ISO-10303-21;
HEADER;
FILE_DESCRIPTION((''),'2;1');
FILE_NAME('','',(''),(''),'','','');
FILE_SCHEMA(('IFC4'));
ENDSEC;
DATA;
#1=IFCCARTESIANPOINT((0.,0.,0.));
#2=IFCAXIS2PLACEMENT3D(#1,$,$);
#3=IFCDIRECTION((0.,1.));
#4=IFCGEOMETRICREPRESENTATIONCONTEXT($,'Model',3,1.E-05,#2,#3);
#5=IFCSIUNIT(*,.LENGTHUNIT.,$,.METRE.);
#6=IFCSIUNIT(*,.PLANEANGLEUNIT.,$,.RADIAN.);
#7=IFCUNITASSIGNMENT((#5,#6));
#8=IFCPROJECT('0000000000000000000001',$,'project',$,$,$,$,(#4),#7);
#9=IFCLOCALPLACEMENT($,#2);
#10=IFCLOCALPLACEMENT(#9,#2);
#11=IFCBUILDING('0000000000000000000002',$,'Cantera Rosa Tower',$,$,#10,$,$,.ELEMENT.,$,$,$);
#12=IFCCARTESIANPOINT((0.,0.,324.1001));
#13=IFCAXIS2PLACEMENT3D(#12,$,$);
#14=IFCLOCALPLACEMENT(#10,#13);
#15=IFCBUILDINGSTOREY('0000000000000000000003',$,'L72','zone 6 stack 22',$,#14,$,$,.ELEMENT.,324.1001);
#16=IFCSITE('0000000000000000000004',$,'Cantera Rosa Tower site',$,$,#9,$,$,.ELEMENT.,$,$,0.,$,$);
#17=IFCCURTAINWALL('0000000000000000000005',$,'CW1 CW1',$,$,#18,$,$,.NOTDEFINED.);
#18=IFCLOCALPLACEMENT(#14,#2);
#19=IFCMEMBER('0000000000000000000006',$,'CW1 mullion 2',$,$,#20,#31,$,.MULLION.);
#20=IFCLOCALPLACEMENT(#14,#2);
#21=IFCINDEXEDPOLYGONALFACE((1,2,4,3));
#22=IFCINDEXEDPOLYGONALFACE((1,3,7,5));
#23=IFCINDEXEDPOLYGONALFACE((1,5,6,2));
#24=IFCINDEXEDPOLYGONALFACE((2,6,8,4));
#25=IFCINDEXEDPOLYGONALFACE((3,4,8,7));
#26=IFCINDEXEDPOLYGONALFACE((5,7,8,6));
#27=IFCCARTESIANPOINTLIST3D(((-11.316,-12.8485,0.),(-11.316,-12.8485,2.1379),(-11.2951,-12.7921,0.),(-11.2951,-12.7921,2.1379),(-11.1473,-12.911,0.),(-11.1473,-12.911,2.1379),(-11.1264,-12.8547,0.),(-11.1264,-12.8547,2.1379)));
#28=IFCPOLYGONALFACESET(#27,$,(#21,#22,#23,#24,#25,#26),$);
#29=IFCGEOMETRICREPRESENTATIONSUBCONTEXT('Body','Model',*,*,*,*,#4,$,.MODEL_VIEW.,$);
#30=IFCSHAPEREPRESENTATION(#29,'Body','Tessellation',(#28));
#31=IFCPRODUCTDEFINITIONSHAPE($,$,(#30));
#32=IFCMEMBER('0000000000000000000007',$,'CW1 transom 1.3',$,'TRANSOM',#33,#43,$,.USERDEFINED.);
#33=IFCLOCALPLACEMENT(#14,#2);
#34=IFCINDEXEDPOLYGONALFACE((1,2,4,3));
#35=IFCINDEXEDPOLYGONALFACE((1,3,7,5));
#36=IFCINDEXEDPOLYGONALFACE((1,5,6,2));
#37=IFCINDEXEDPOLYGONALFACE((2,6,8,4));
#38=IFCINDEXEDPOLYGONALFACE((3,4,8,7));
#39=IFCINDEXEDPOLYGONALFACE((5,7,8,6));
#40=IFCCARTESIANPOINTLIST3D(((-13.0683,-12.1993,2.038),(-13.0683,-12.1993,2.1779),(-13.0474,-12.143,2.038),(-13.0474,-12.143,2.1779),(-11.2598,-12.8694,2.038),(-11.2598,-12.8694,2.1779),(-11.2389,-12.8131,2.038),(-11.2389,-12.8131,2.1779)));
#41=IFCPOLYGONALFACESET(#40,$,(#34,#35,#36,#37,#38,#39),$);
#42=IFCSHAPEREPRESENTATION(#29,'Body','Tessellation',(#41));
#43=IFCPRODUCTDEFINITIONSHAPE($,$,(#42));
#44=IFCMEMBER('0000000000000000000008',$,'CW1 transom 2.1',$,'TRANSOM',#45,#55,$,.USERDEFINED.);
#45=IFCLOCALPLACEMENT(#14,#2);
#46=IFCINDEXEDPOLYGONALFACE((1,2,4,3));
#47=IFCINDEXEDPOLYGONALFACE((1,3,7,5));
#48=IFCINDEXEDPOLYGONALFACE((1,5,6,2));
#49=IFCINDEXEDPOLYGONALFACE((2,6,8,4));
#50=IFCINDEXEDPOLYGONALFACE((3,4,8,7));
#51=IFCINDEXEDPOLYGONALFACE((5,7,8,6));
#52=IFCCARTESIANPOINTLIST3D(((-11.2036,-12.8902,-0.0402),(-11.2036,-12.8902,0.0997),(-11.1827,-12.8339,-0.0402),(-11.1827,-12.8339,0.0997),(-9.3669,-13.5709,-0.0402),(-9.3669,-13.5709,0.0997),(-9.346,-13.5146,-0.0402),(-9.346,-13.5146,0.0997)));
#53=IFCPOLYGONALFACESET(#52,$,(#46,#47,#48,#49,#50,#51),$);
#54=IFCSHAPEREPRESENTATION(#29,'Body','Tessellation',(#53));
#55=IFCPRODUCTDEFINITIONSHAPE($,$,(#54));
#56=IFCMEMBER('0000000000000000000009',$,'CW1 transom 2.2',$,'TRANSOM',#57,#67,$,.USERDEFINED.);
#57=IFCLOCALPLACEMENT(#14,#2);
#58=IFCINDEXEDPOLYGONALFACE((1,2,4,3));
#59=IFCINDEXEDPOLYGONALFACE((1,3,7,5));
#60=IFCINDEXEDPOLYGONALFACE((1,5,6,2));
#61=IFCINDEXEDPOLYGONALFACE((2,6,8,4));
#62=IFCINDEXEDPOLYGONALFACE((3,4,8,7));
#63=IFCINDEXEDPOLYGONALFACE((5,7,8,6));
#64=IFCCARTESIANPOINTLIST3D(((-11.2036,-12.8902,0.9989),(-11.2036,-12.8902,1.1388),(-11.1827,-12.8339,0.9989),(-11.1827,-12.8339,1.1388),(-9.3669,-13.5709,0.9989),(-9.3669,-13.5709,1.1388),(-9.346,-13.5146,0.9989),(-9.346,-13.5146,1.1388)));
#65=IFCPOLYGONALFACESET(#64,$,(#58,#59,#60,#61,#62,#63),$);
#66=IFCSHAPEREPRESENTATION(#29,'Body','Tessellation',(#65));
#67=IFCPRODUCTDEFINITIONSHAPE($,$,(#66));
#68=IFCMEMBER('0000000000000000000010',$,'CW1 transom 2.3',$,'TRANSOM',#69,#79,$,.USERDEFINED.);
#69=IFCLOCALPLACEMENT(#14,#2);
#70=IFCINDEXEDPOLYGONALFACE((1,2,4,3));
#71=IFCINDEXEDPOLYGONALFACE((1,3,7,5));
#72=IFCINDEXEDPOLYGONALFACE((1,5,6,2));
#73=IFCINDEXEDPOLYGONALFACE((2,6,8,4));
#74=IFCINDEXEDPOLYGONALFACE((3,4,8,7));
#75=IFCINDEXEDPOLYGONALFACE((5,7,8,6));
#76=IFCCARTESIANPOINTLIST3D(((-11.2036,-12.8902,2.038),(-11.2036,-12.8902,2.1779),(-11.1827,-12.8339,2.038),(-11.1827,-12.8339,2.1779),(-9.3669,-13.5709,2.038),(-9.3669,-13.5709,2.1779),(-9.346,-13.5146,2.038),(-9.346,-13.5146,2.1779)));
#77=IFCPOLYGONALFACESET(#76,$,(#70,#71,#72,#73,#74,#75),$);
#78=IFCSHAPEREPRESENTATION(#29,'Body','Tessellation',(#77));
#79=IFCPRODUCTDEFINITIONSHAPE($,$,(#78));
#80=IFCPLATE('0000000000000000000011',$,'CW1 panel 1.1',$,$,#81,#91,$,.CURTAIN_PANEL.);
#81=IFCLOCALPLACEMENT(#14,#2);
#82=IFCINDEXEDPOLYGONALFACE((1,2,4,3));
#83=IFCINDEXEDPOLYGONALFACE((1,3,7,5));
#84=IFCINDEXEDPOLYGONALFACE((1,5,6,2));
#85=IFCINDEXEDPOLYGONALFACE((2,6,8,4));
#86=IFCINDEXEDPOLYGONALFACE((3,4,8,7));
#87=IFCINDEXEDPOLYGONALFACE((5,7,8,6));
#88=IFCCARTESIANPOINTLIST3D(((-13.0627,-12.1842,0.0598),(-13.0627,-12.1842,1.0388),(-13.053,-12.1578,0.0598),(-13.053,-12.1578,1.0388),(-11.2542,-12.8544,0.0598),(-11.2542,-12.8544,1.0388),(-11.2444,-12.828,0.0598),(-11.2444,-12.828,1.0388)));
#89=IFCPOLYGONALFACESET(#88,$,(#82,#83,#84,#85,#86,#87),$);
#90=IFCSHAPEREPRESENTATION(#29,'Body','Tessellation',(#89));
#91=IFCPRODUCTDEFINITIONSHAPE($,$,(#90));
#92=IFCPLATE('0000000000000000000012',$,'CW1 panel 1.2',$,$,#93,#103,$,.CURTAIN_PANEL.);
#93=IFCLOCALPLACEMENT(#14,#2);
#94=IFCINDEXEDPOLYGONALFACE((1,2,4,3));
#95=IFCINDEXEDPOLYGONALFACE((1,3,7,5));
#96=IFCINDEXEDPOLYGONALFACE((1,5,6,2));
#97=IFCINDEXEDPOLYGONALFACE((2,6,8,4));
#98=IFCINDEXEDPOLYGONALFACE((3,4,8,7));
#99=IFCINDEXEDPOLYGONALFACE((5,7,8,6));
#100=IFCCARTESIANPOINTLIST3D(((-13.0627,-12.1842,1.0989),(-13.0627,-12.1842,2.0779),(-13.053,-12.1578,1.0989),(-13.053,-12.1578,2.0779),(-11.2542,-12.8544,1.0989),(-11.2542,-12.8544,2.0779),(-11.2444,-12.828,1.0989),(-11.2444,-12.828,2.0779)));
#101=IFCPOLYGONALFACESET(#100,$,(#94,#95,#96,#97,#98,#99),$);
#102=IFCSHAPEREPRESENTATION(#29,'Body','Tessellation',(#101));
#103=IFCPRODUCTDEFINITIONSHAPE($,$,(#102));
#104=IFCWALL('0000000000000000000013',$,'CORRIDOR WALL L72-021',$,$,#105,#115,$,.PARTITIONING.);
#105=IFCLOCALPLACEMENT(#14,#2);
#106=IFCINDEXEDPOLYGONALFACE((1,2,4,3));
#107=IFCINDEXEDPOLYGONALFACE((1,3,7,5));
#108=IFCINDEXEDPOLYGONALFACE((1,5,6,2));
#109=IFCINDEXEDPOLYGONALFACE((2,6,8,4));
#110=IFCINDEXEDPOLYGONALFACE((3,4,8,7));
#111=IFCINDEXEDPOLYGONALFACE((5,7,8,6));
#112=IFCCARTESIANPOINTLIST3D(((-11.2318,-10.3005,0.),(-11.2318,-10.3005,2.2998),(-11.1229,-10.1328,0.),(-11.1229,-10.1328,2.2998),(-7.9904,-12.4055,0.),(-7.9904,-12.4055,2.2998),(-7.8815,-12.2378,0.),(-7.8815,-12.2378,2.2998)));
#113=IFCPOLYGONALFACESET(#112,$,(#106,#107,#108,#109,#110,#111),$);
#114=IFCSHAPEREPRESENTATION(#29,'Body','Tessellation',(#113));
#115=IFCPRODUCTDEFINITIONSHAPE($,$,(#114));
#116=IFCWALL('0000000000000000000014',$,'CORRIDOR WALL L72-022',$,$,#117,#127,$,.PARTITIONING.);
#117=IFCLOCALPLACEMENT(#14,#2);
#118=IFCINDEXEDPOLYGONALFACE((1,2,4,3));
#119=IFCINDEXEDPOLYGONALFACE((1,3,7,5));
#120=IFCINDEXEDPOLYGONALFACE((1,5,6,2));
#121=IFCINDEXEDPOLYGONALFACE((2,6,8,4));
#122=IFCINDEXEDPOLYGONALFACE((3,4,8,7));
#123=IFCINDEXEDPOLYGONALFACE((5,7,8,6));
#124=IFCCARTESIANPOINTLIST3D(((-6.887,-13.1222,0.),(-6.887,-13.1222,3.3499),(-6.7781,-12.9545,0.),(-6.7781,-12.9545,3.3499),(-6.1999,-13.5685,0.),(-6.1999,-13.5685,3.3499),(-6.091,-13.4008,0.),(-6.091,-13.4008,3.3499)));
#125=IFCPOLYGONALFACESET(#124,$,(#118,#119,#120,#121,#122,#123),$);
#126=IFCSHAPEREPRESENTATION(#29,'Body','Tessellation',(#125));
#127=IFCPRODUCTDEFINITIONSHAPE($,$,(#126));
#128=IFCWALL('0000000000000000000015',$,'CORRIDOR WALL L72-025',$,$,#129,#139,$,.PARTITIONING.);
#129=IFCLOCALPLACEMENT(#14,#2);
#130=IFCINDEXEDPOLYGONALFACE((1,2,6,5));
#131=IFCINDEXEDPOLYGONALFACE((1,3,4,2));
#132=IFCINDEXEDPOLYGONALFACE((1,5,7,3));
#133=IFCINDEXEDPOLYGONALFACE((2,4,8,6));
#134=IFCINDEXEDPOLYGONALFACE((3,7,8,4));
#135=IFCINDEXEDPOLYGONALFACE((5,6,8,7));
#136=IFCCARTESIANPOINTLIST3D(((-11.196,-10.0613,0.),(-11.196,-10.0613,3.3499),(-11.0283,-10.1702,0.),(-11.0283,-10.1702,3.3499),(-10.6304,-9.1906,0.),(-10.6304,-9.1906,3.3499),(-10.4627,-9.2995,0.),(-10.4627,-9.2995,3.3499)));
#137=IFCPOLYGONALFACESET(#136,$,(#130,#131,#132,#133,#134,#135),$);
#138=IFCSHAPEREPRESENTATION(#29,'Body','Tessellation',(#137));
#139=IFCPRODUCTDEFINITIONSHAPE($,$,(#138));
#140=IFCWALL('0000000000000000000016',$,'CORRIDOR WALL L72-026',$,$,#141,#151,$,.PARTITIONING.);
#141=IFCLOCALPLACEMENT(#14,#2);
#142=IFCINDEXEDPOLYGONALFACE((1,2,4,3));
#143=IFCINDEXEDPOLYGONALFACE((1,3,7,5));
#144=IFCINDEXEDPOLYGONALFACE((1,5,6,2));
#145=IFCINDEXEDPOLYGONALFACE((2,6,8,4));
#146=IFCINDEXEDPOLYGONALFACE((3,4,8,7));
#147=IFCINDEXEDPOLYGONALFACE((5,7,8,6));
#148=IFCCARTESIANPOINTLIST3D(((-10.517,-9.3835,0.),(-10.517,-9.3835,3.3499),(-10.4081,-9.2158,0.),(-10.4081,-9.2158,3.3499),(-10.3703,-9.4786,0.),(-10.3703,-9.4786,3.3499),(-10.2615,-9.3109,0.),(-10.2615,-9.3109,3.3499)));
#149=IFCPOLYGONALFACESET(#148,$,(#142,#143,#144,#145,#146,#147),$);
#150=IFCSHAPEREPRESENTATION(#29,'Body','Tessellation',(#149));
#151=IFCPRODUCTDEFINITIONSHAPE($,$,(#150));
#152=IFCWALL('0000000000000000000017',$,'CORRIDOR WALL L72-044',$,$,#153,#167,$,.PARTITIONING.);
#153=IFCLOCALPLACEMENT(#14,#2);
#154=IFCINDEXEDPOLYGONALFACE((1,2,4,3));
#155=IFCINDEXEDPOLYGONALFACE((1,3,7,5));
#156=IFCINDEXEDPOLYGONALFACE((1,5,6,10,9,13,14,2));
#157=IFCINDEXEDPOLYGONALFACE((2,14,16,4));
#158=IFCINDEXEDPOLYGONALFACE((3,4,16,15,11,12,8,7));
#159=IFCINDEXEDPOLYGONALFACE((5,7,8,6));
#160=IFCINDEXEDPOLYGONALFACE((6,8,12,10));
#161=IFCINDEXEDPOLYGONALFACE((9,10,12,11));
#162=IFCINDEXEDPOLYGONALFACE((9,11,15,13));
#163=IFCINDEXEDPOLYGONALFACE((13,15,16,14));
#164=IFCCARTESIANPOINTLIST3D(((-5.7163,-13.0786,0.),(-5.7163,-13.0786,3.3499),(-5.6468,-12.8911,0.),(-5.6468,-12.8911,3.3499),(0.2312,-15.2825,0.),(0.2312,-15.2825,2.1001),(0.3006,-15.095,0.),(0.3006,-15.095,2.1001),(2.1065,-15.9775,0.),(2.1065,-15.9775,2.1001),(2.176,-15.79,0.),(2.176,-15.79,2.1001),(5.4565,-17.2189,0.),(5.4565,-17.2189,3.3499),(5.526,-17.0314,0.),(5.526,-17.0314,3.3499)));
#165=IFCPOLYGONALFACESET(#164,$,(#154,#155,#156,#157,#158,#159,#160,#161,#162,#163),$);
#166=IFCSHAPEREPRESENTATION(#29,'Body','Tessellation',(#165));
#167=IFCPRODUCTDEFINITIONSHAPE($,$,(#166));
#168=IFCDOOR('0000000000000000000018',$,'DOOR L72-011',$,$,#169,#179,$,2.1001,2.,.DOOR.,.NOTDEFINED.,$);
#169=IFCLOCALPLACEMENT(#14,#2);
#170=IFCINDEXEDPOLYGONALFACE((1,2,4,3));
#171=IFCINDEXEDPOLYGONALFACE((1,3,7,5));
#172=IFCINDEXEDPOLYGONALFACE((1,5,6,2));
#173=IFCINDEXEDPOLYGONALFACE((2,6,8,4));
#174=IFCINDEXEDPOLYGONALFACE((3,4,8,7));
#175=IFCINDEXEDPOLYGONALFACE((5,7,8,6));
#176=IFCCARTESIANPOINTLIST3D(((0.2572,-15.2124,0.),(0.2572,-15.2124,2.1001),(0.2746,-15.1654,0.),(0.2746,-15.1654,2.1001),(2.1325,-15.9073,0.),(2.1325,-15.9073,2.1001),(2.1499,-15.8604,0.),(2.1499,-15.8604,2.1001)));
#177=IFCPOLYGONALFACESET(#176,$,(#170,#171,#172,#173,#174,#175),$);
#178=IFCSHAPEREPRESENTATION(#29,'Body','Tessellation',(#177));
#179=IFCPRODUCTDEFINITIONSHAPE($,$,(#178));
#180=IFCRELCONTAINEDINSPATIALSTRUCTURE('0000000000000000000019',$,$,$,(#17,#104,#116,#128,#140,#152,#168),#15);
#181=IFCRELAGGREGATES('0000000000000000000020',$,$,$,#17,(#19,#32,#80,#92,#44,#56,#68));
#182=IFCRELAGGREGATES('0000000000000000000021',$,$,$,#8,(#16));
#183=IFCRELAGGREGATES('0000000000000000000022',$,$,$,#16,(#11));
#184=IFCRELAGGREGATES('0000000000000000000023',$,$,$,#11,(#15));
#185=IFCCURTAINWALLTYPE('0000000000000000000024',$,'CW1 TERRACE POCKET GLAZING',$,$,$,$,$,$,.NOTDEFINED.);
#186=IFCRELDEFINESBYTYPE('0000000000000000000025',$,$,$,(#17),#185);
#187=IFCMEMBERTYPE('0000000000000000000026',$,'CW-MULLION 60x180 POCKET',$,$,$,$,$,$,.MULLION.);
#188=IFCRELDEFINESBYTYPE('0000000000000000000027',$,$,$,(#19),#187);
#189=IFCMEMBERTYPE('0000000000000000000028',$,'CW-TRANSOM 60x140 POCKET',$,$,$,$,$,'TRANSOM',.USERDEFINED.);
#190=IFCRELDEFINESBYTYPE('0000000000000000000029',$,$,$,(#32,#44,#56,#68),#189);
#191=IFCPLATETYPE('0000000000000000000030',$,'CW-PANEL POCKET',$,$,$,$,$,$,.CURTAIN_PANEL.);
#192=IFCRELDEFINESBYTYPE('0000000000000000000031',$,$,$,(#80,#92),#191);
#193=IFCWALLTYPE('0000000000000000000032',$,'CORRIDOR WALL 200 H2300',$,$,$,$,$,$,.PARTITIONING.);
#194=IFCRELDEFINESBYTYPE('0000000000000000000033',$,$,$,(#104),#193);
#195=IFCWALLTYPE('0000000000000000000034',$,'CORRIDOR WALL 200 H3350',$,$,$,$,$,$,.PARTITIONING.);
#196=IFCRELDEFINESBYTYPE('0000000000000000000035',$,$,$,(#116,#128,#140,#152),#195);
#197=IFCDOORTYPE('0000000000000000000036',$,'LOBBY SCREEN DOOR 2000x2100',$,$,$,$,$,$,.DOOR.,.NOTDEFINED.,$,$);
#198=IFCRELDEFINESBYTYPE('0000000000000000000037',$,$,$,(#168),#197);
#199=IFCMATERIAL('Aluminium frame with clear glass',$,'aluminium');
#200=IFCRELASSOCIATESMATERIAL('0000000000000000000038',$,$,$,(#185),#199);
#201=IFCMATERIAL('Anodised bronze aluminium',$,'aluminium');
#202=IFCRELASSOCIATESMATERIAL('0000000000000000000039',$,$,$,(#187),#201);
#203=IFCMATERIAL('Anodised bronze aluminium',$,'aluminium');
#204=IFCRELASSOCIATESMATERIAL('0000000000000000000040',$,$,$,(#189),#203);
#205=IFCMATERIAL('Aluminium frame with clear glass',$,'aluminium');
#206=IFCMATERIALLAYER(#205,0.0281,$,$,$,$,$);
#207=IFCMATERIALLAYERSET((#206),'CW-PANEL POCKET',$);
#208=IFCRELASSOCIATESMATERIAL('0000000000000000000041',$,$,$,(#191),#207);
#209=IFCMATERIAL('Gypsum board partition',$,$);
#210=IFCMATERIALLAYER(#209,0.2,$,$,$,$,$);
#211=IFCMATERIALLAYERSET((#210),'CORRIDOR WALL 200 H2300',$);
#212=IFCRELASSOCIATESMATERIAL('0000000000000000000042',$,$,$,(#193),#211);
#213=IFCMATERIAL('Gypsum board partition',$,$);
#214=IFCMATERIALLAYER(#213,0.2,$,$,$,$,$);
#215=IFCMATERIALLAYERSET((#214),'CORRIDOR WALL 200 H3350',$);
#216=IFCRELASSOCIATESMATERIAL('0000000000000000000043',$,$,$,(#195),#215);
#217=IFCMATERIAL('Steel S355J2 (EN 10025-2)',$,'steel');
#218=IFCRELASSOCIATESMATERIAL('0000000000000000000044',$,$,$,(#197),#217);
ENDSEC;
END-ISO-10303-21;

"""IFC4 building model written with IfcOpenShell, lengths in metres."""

from ifc_helpers import new_model, si_unit, direction, frame, frame_2d, origin, origin_2d, place, context, subcontext, project, spatial, rectangle, extrude, material, layer, layer_set, material_profile, profile_set, type_object, element, fill, aggregate, save


model = new_model("IFC4")

# Units and contexts
model_context = context("Model", 3, precision=1e-05, world=origin(), true_north=direction((0.0, 1.0)))
body_context = subcontext(model_context, "Body", "Model", "MODEL_VIEW")
ifc_project = project(units=[si_unit("LENGTHUNIT", "METRE"), si_unit("PLANEANGLEUNIT", "RADIAN")], contexts=[model_context])

# Site, building, storey
site_placement = place(None, origin())
site = spatial("IfcSite", under=ifc_project, at=site_placement, Name="Cantera Rosa Tower site", CompositionType="ELEMENT", RefElevation=0.0)
building_placement = place(site_placement, origin())
building = spatial("IfcBuilding", under=site, at=building_placement, Name="Cantera Rosa Tower", CompositionType="ELEMENT")
storey_placement = place(building_placement, frame((0.0, 0.0, 324.1001)))
storey = spatial("IfcBuildingStorey", under=building, at=storey_placement, Name="L72", Description="zone 6 stack 22", CompositionType="ELEMENT", Elevation=324.1001)

# Curtain wall, members, plates
ifc_material_1 = material(Name="Aluminium frame with clear glass", Category="aluminium")
curtain_wall_type = type_object("IfcCurtainWallType", Name="CW1 TERRACE POCKET GLAZING", PredefinedType="NOTDEFINED", material=ifc_material_1)
curtain_wall_placement = place(storey_placement, origin())
curtain_wall = element("IfcCurtainWall", 1, at=curtain_wall_placement, inside=storey, type_object=curtain_wall_type, Name="CW1 CW1", PredefinedType="NOTDEFINED")
ifc_material_2 = material(Name="Anodised bronze aluminium", Category="aluminium")
ifc_material_profile_1 = material_profile(ifc_material_2, rectangle(XDim=0.0601, YDim=0.1799, at=origin_2d()), Name="CW-MULLION 60x180 POCKET")
ifc_profile_set_1 = profile_set([ifc_material_profile_1], Name="Anodised bronze aluminium")
member_type_1 = type_object("IfcMemberType", Name="CW-MULLION 60x180 POCKET", PredefinedType="MULLION", material=ifc_profile_set_1)
member_1_placement = place(storey_placement, frame((-11.2212, -12.8516, 0.0), z_axis=(0.0, 0.0, 1.0), x_axis=(0.347481, 0.937687, 0.0)))
member_1 = element("IfcMember", 2, at=member_1_placement, type_object=member_type_1, Name="CW1 mullion 2", PredefinedType="MULLION", context=body_context, shape_type="SweptSolid", body=[
    extrude(rectangle(XDim=0.0601, YDim=0.1799, at=origin_2d()), origin(), (0.0, 0.0, 1.0), 2.1379),
])
ifc_material_3 = material(Name="Anodised bronze aluminium", Category="aluminium")
ifc_material_profile_2 = material_profile(ifc_material_3, rectangle(XDim=0.0601, YDim=0.1399, at=origin_2d()), Name="CW-TRANSOM 60x140 POCKET")
ifc_profile_set_2 = profile_set([ifc_material_profile_2], Name="Anodised bronze aluminium")
member_type_2 = type_object("IfcMemberType", Name="CW-TRANSOM 60x140 POCKET", ElementType="TRANSOM", PredefinedType="USERDEFINED", material=ifc_profile_set_2)
member_2_placement = place(storey_placement, frame((-13.0579, -12.1711, 2.1079), z_axis=(0.937695, -0.347459, 0.0), x_axis=(0.347459, 0.937695, 0.0)))
member_2 = element("IfcMember", 3, at=member_2_placement, type_object=member_type_2, Name="CW1 transom 1.3", ObjectType="TRANSOM", PredefinedType="USERDEFINED", context=body_context, shape_type="SweptSolid", body=[
    extrude(rectangle(XDim=0.0601, YDim=0.1399, at=origin_2d()), origin(), (0.0, 0.0, 1.0), 1.9287),
])
member_3_placement = place(storey_placement, frame((-11.1931, -12.8621, 0.0298), z_axis=(0.93768, -0.347501, 0.0), x_axis=(0.347501, 0.93768, 0.0)))
member_3 = element("IfcMember", 4, at=member_3_placement, type_object=member_type_2, Name="CW1 transom 2.1", ObjectType="TRANSOM", PredefinedType="USERDEFINED", context=body_context, shape_type="SweptSolid", body=[
    extrude(rectangle(XDim=0.0601, YDim=0.1399, at=origin_2d()), origin(), (0.0, 0.0, 1.0), 1.9587),
])
member_4_placement = place(storey_placement, frame((-11.1931, -12.8621, 1.0688), z_axis=(0.93768, -0.347501, 0.0), x_axis=(0.347501, 0.93768, 0.0)))
member_4 = element("IfcMember", 5, at=member_4_placement, type_object=member_type_2, Name="CW1 transom 2.2", ObjectType="TRANSOM", PredefinedType="USERDEFINED", context=body_context, shape_type="SweptSolid", body=[
    extrude(rectangle(XDim=0.0601, YDim=0.1399, at=origin_2d()), origin(), (0.0, 0.0, 1.0), 1.9587),
])
member_5_placement = place(storey_placement, frame((-11.1931, -12.8621, 2.1079), z_axis=(0.93768, -0.347501, 0.0), x_axis=(0.347501, 0.93768, 0.0)))
member_5 = element("IfcMember", 6, at=member_5_placement, type_object=member_type_2, Name="CW1 transom 2.3", ObjectType="TRANSOM", PredefinedType="USERDEFINED", context=body_context, shape_type="SweptSolid", body=[
    extrude(rectangle(XDim=0.0601, YDim=0.1399, at=origin_2d()), origin(), (0.0, 0.0, 1.0), 1.9587),
])
ifc_material_4 = material(Name="Aluminium frame with clear glass", Category="aluminium")
ifc_layer_1 = layer(ifc_material_4, 0.0281)
ifc_layer_set_1 = layer_set([ifc_layer_1], Name="CW-PANEL POCKET")
plate_type = type_object("IfcPlateType", Name="CW-PANEL POCKET", PredefinedType="CURTAIN_PANEL", material=ifc_layer_set_1)
plate_1_placement = place(storey_placement, frame((-12.1536, -12.5061, 0.0598), z_axis=(0.0, 0.0, 1.0), x_axis=(0.937687, -0.347481, 0.0)))
plate_1 = element("IfcPlate", 7, at=plate_1_placement, type_object=plate_type, Name="CW1 panel 1.1", PredefinedType="CURTAIN_PANEL", context=body_context, shape_type="SweptSolid", body=[
    extrude(rectangle(XDim=1.9287, YDim=0.0281, at=origin_2d()), origin(), (0.0, 0.0, 1.0), 0.979),
])
plate_2_placement = place(storey_placement, frame((-12.1536, -12.5061, 1.0989), z_axis=(0.0, 0.0, 1.0), x_axis=(0.937687, -0.347481, 0.0)))
plate_2 = element("IfcPlate", 8, at=plate_2_placement, type_object=plate_type, Name="CW1 panel 1.2", PredefinedType="CURTAIN_PANEL", context=body_context, shape_type="SweptSolid", body=[
    extrude(rectangle(XDim=1.9287, YDim=0.0281, at=origin_2d()), origin(), (0.0, 0.0, 1.0), 0.979),
])
aggregate(curtain_wall, [member_1, member_2, plate_1, plate_2, member_3, member_4, member_5])

# Walls
ifc_material_5 = material(Name="Gypsum board partition")
ifc_layer_2 = layer(ifc_material_5, 0.2)
ifc_layer_set_2 = layer_set([ifc_layer_2], Name="CORRIDOR WALL 200 H2300")
wall_type_1 = type_object("IfcWallType", Name="CORRIDOR WALL 200 H2300", PredefinedType="PARTITIONING", material=ifc_layer_set_2)
wall_1_placement = place(storey_placement, frame((-11.1775, -10.2166, 0.0), z_axis=(0.0, 0.0, 1.0), x_axis=(0.838676, -0.544631, 0.0)))
element("IfcWall", 9, at=wall_1_placement, inside=storey, type_object=wall_type_1, Name="CORRIDOR WALL L72-021", PredefinedType="PARTITIONING", context=body_context, shape_type="SweptSolid", body=[
    extrude(rectangle(XDim=3.865, YDim=0.2, at=frame_2d((1.9326, 0.0))), origin(), (0.0, 0.0, 1.0), 2.2998),
])
ifc_material_6 = material(Name="Gypsum board partition")
ifc_layer_3 = layer(ifc_material_6, 0.2)
ifc_layer_set_3 = layer_set([ifc_layer_3], Name="CORRIDOR WALL 200 H3350")
wall_type_2 = type_object("IfcWallType", Name="CORRIDOR WALL 200 H3350", PredefinedType="PARTITIONING", material=ifc_layer_set_3)
wall_2_placement = place(storey_placement, frame((-6.8325, -13.0383, 0.0), z_axis=(0.0, 0.0, 1.0), x_axis=(0.838593, -0.544758, 0.0)))
element("IfcWall", 10, at=wall_2_placement, inside=storey, type_object=wall_type_2, Name="CORRIDOR WALL L72-022", PredefinedType="PARTITIONING", context=body_context, shape_type="SweptSolid", body=[
    extrude(rectangle(XDim=0.8193, YDim=0.2, at=frame_2d((0.4097, 0.0))), origin(), (0.0, 0.0, 1.0), 3.3499),
])
wall_3_placement = place(storey_placement, frame((-10.5466, -9.2451, 0.0), z_axis=(0.0, 0.0, 1.0), x_axis=(-0.544732, -0.83861, 0.0)))
element("IfcWall", 11, at=wall_3_placement, inside=storey, type_object=wall_type_2, Name="CORRIDOR WALL L72-025", PredefinedType="PARTITIONING", context=body_context, shape_type="SweptSolid", body=[
    extrude(rectangle(XDim=1.0383, YDim=0.2, at=frame_2d((0.519, 0.0))), origin(), (0.0, 0.0, 1.0), 3.3499),
])
wall_4_placement = place(storey_placement, frame((-10.3159, -9.3948, 0.0), z_axis=(0.0, 0.0, 1.0), x_axis=(-0.838858, 0.54435, 0.0)))
element("IfcWall", 12, at=wall_4_placement, inside=storey, type_object=wall_type_2, Name="CORRIDOR WALL L72-026", PredefinedType="PARTITIONING", context=body_context, shape_type="SweptSolid", body=[
    extrude(rectangle(XDim=0.1748, YDim=0.2, at=frame_2d((0.0874, 0.0))), origin(), (0.0, 0.0, 1.0), 3.3499),
])

# Wall, opening, door
wall_5_placement = place(storey_placement, frame((-5.6814, -12.9849, 0.0), z_axis=(0.0, 0.0, 1.0), x_axis=(0.937686, -0.347483, 0.0)))
wall_5 = element("IfcWall", 13, at=wall_5_placement, inside=storey, type_object=wall_type_2, Name="CORRIDOR WALL L72-044", PredefinedType="PARTITIONING", context=body_context, shape_type="SweptSolid", body=[
    extrude(rectangle(XDim=11.9153, YDim=0.2, at=frame_2d((5.9575, 0.0))), origin(), (0.0, 0.0, 1.0), 3.3499),
])
opening_1_placement = place(wall_5_placement, frame((6.3425, 0.0, 0.0)))
opening_1 = element("IfcOpeningElement", 14, at=opening_1_placement, cuts=wall_5, PredefinedType="OPENING", context=body_context, shape_type="SweptSolid", body=[
    extrude(rectangle(XDim=2.0, YDim=2.1001, at=frame_2d((1.0, 1.05))), frame((0.0, 0.1099, 0.0), z_axis=(0.0, -1.0, 0.0), x_axis=(1.0, 0.0, 0.0)), (0.0, 0.0, 1.0), 0.22),
])
ifc_material_7 = material(Name="Steel S355J2 (EN 10025-2)", Category="steel")
door_type_1 = type_object("IfcDoorType", Name="LOBBY SCREEN DOOR 2000x2100", OperationType="NOTDEFINED", PredefinedType="DOOR", material=ifc_material_7)
door_1_placement = place(opening_1_placement, origin())
door_1 = element("IfcDoor", 15, at=door_1_placement, inside=storey, type_object=door_type_1, Name="DOOR L72-011", OperationType="NOTDEFINED", OverallHeight=2.1001, OverallWidth=2.0, PredefinedType="DOOR", context=body_context, shape_type="SweptSolid", body=[
    extrude(rectangle(XDim=2.0, YDim=2.1001, at=frame_2d((1.0, 1.05))), frame((0.0, 0.0249, 0.0), z_axis=(0.0, -1.0, 0.0), x_axis=(1.0, 0.0, 0.0)), (0.0, 0.0, 1.0), 0.05),
])
fill(opening_1, door_1)

save(model, "model.ifc")
